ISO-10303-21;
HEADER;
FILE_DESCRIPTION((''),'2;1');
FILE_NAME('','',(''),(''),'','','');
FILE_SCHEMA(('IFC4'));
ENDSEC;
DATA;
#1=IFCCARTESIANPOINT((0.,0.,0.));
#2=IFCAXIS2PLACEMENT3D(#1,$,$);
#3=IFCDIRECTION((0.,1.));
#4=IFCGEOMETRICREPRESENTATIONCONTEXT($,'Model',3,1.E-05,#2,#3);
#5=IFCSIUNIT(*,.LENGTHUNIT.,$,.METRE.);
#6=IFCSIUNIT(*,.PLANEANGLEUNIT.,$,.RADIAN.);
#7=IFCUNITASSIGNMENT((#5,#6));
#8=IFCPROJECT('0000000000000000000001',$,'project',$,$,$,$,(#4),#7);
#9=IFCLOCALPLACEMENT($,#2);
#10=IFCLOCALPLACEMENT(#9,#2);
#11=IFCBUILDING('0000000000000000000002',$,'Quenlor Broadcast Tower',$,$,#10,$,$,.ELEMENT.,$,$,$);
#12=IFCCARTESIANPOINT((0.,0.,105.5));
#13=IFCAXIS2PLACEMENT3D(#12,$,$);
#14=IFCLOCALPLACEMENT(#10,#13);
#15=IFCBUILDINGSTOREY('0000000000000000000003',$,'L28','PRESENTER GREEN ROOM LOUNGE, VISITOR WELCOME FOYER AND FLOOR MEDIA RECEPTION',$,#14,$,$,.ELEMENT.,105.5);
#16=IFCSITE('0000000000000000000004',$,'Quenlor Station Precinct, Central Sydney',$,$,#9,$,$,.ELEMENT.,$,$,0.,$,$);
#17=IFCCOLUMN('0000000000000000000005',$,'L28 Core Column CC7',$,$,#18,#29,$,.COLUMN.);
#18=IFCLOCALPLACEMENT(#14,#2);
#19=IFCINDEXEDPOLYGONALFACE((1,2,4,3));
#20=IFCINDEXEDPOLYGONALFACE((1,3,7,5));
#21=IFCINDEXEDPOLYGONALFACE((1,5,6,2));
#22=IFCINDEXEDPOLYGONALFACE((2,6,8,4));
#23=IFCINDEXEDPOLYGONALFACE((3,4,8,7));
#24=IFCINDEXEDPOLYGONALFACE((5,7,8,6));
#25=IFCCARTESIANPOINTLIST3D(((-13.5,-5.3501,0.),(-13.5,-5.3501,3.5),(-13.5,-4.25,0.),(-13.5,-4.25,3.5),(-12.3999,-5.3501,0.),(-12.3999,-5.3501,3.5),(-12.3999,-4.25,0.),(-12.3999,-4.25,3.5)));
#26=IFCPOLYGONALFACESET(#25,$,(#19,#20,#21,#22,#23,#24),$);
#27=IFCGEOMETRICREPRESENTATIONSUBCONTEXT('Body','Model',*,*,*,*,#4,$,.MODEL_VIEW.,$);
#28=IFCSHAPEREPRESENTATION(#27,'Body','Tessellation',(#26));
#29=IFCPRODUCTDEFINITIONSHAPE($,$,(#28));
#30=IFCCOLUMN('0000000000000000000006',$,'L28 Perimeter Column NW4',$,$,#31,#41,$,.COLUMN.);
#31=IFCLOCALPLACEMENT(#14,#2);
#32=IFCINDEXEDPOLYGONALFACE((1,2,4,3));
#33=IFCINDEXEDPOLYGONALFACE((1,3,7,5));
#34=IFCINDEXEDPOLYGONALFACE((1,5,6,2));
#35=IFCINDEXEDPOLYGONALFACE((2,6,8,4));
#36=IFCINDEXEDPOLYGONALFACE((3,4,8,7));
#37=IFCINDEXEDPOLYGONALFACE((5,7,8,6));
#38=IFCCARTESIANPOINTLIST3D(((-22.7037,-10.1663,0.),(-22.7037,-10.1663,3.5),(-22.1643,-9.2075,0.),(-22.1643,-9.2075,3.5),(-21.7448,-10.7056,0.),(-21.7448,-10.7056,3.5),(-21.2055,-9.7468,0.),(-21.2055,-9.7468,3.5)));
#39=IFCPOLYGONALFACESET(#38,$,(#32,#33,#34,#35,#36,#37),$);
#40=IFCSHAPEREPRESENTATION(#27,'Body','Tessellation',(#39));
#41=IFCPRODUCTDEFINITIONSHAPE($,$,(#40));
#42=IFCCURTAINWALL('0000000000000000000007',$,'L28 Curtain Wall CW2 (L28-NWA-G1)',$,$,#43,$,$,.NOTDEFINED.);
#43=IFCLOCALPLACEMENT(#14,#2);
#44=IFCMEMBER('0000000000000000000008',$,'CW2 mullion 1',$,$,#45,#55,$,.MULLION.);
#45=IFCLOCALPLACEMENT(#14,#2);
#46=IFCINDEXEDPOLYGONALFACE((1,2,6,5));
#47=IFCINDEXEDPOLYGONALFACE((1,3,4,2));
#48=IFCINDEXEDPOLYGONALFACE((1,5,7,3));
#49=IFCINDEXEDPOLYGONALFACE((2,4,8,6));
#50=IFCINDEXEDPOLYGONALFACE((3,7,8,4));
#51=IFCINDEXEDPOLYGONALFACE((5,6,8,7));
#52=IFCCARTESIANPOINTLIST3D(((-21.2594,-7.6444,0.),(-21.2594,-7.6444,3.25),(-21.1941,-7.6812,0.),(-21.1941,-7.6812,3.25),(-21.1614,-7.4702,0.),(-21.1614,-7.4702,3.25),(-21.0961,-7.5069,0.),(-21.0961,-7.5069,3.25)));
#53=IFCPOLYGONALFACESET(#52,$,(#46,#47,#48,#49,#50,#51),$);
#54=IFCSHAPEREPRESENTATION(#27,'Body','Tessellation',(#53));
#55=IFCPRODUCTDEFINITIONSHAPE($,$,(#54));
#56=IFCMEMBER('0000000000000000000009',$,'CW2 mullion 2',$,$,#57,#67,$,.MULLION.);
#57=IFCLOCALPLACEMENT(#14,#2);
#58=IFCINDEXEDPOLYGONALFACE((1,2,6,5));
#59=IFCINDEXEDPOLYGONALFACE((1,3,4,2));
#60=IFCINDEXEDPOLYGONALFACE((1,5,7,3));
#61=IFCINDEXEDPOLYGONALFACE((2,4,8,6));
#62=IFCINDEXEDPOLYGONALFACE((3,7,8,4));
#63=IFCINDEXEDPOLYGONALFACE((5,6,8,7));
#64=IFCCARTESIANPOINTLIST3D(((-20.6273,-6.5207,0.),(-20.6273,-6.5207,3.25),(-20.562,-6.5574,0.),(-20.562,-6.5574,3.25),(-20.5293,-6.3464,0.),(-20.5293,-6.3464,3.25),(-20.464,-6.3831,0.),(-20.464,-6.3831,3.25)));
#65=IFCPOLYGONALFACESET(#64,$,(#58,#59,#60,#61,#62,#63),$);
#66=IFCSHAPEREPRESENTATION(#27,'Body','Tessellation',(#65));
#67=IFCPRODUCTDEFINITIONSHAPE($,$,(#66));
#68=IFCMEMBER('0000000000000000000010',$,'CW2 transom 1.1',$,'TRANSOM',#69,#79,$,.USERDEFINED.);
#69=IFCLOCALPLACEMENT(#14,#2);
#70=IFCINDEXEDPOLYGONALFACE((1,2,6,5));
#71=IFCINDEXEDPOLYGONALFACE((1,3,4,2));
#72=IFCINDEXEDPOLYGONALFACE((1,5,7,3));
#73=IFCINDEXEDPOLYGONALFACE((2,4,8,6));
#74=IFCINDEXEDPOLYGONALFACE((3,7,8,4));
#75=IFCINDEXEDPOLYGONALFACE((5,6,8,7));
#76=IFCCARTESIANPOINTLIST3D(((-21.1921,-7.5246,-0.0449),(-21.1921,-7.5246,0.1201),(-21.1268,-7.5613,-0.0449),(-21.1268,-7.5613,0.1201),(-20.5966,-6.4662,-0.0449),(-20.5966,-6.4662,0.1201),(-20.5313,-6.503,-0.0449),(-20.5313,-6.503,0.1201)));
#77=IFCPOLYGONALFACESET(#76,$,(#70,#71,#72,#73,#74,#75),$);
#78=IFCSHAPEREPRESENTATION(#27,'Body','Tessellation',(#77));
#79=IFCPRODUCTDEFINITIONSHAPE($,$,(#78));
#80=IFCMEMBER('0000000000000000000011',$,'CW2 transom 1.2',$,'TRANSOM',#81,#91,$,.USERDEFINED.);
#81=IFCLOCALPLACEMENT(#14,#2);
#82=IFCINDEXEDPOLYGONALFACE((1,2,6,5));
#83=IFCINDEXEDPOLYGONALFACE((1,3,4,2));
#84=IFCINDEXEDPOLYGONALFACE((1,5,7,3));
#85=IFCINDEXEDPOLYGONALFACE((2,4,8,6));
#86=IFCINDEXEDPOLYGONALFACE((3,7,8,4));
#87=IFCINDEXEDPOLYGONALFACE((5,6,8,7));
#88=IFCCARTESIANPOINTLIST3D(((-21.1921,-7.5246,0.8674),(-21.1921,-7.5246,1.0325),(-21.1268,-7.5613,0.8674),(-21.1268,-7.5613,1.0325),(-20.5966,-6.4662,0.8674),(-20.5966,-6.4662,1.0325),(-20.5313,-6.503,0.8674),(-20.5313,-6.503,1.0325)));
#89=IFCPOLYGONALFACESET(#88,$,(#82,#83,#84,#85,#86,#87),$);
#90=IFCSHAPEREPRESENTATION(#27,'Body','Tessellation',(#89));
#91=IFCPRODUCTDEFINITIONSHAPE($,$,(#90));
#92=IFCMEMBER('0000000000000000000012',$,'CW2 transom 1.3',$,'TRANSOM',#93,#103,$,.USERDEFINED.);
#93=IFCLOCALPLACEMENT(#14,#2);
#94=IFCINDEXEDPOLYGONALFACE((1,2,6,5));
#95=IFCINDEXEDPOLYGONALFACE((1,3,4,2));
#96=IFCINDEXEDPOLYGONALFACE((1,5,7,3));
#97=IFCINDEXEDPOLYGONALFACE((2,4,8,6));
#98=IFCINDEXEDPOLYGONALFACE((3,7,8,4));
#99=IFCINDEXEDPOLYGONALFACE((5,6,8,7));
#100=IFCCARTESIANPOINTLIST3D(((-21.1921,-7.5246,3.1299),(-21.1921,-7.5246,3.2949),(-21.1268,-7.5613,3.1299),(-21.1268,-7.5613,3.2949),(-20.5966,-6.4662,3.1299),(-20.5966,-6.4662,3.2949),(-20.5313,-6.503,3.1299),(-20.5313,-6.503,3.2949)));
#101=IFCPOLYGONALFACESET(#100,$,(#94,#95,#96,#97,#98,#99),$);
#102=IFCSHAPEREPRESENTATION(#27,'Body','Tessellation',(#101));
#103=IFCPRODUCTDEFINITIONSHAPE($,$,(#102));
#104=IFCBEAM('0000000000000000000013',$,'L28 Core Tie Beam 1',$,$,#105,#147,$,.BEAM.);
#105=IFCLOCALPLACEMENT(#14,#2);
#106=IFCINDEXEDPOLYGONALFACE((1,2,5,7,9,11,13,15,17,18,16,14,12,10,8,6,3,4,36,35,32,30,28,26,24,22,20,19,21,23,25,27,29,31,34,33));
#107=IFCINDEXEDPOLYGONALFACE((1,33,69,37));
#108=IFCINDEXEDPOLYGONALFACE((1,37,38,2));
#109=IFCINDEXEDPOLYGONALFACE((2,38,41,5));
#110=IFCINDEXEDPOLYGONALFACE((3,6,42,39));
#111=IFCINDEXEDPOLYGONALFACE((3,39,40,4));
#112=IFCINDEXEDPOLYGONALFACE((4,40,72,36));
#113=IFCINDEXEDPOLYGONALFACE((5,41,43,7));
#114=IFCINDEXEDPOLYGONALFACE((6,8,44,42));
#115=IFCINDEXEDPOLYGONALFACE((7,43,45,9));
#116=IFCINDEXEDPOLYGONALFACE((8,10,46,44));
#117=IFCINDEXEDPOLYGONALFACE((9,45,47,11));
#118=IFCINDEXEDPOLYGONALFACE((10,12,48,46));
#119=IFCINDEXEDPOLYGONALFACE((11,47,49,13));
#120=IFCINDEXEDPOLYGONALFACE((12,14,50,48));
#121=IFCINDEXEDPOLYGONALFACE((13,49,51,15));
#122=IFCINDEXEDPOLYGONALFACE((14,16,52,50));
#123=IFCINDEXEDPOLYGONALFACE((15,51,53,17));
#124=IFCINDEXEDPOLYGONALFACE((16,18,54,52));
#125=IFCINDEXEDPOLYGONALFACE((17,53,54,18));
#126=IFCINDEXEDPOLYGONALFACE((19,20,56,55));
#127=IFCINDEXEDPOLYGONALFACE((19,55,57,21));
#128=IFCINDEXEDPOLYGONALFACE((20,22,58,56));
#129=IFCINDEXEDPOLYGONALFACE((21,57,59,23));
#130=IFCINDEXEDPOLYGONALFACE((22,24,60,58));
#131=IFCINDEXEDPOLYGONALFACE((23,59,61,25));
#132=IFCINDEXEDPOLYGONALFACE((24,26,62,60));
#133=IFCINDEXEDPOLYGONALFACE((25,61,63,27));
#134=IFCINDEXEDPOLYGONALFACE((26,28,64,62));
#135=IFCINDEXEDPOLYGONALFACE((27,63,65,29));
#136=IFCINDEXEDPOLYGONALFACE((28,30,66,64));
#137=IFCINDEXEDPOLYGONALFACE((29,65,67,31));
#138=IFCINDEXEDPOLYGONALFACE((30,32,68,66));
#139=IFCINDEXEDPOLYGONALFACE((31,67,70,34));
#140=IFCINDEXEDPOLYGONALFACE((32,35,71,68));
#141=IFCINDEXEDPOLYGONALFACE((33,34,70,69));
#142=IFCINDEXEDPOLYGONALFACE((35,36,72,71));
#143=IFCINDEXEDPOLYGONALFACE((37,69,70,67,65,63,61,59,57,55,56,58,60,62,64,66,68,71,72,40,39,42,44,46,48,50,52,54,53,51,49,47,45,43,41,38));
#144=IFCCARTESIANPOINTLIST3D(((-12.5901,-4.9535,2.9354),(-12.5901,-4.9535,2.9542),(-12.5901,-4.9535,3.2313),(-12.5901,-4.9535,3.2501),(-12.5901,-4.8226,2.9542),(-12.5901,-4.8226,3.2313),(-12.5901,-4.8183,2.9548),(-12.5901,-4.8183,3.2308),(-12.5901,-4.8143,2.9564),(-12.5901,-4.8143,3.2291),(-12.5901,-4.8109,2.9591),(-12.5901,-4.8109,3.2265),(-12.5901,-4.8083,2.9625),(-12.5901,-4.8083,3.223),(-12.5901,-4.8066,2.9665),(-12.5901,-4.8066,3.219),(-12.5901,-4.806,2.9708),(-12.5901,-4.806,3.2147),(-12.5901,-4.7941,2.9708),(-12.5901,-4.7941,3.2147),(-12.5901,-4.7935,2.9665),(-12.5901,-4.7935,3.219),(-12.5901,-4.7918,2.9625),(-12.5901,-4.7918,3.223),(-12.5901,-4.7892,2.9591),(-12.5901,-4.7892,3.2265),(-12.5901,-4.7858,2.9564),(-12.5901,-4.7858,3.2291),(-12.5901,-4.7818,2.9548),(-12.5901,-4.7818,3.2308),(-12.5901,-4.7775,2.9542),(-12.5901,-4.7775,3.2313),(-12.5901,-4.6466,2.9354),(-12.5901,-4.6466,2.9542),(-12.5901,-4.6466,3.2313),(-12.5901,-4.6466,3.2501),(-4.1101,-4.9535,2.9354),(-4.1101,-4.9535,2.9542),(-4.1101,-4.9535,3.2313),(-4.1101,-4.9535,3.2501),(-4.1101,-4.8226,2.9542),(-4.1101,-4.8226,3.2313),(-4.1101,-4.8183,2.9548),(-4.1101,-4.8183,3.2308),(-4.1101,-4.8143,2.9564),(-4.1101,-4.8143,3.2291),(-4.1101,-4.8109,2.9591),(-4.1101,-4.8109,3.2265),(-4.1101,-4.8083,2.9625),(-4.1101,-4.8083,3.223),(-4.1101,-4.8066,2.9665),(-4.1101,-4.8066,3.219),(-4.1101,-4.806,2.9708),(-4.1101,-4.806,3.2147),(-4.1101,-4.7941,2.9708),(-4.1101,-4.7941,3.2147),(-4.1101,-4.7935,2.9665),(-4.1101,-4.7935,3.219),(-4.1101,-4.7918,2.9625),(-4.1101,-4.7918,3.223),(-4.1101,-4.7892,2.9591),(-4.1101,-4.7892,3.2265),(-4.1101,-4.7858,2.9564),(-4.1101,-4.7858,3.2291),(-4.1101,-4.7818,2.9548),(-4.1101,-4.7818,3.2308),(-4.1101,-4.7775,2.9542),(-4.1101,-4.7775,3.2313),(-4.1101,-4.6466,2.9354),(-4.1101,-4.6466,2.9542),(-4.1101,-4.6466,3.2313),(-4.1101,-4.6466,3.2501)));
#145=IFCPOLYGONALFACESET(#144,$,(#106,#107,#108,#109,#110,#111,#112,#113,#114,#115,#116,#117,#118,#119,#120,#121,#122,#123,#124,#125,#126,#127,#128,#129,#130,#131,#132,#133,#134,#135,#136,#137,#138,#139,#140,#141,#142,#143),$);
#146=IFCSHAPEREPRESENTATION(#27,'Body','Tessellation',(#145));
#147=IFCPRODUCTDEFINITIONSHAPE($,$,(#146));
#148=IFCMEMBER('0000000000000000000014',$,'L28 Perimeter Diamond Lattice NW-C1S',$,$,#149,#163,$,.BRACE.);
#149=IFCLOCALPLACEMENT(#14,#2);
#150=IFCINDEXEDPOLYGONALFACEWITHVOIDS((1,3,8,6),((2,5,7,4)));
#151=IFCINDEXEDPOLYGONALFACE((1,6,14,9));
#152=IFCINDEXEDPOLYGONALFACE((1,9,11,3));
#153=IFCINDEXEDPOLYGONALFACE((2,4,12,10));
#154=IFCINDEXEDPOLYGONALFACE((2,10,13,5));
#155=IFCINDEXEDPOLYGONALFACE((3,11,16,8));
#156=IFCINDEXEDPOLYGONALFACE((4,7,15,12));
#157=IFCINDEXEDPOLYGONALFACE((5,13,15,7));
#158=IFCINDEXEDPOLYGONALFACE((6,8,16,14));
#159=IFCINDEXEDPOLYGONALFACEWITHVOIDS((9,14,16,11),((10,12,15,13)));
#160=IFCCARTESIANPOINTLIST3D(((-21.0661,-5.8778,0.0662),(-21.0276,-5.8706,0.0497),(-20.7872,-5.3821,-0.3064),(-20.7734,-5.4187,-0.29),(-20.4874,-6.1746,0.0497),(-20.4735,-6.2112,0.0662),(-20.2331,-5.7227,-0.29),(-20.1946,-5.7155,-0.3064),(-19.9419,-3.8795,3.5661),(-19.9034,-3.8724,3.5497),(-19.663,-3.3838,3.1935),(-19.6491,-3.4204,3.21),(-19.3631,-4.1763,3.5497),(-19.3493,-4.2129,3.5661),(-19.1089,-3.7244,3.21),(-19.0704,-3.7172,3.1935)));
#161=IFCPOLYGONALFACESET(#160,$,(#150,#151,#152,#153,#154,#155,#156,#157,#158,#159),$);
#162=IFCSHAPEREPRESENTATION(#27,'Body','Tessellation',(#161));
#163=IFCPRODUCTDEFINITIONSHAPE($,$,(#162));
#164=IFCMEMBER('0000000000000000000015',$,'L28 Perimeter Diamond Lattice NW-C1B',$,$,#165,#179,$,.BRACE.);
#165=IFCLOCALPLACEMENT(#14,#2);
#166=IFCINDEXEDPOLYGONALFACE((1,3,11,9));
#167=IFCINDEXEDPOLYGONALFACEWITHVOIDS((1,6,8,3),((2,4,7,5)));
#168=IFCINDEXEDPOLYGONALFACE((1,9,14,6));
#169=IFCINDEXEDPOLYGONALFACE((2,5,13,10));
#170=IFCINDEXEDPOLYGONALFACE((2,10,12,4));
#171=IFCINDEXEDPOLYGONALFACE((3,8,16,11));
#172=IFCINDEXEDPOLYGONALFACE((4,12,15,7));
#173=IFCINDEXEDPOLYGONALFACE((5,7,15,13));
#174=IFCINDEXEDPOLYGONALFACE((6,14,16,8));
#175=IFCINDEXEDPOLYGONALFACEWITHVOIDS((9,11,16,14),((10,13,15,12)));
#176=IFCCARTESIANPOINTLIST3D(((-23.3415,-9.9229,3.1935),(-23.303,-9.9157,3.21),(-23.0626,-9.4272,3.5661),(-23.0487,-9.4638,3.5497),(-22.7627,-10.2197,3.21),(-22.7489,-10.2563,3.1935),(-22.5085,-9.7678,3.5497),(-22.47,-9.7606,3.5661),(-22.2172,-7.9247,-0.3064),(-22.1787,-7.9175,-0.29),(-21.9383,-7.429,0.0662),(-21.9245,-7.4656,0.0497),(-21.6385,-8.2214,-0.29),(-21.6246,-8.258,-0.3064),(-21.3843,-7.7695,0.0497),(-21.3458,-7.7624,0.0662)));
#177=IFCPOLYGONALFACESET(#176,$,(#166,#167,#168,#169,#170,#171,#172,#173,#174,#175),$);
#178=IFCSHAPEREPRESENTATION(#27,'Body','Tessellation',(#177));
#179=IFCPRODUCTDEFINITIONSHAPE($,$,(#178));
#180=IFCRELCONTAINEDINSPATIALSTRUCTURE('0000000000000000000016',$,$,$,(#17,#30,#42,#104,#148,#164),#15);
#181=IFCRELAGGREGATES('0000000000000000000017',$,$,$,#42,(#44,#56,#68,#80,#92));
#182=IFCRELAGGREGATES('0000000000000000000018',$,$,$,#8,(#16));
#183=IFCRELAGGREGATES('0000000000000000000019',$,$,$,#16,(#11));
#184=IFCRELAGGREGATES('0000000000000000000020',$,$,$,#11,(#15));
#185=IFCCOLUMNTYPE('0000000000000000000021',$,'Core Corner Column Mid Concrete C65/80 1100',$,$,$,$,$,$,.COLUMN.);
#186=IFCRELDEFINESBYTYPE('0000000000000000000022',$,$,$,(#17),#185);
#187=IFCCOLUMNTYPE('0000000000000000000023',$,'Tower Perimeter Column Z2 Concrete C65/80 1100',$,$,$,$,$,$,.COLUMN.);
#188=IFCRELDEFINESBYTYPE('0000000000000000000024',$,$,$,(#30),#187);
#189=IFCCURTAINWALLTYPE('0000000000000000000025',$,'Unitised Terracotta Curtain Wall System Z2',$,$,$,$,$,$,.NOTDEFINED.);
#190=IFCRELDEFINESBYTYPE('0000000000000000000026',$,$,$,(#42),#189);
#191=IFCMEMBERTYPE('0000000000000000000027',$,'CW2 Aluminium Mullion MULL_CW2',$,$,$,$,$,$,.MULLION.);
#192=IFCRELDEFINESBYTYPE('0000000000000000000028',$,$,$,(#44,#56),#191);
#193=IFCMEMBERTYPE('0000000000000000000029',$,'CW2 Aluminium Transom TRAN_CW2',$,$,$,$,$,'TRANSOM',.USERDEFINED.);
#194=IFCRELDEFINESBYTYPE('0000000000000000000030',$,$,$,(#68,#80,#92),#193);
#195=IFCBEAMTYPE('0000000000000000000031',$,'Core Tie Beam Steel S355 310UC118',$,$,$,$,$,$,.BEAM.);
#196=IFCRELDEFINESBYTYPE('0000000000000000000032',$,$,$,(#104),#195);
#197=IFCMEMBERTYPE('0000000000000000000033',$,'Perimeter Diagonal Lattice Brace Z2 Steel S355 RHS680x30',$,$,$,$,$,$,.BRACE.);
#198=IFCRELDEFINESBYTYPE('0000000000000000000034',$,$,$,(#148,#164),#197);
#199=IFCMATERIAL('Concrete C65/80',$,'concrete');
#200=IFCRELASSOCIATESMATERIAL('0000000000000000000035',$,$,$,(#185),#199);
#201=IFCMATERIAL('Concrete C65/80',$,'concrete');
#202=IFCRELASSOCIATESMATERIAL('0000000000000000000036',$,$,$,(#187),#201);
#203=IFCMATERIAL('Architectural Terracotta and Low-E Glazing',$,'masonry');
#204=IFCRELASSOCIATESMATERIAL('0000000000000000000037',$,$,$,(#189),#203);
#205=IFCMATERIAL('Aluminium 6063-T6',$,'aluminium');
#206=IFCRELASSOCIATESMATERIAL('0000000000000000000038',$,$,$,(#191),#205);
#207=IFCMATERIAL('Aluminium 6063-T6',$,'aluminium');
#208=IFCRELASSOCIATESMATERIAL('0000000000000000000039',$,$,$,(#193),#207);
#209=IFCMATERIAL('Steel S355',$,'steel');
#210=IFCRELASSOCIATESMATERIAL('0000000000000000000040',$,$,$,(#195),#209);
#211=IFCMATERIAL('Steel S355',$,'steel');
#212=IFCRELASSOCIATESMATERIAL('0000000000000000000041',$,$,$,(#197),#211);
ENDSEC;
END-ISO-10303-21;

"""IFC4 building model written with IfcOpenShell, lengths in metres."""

from ifc_helpers import new_model, si_unit, direction, frame, origin, origin_2d, place, context, subcontext, project, spatial, rectangle, hollow_rectangle, i_section, extrude, material, material_profile, profile_set, type_object, element, aggregate, save


model = new_model("IFC4")

# Units and contexts
model_context = context("Model", 3, precision=1e-05, world=origin(), true_north=direction((0.0, 1.0)))
body_context = subcontext(model_context, "Body", "Model", "MODEL_VIEW")
ifc_project = project(units=[si_unit("LENGTHUNIT", "METRE"), si_unit("PLANEANGLEUNIT", "RADIAN")], contexts=[model_context])

# Site, building, storey
site_placement = place(None, origin())
site = spatial("IfcSite", under=ifc_project, at=site_placement, Name="Quenlor Station Precinct, Central Sydney", CompositionType="ELEMENT", RefElevation=0.0)
building_placement = place(site_placement, origin())
building = spatial("IfcBuilding", under=site, at=building_placement, Name="Quenlor Broadcast Tower", CompositionType="ELEMENT")
storey_placement = place(building_placement, frame((0.0, 0.0, 105.5)))
storey = spatial("IfcBuildingStorey", under=building, at=storey_placement, Name="L28", Description="PRESENTER GREEN ROOM LOUNGE, VISITOR WELCOME FOYER AND FLOOR MEDIA RECEPTION", CompositionType="ELEMENT", Elevation=105.5)

# Columns
ifc_material_1 = material(Name="Concrete C65/80", Category="concrete")
ifc_material_profile_1 = material_profile(ifc_material_1, rectangle(XDim=1.1001, YDim=1.1001, at=origin_2d()))
ifc_profile_set_1 = profile_set([ifc_material_profile_1], Name="Concrete C65/80 RC1100x1100")
column_type_1 = type_object("IfcColumnType", Name="Core Corner Column Mid Concrete C65/80 1100", PredefinedType="COLUMN", material=ifc_profile_set_1)
column_1_placement = place(storey_placement, frame((-12.95, -4.8, 0.0), z_axis=(0.0, 0.0, 1.0), x_axis=(1.0, 0.0, 0.0)))
element("IfcColumn", 1, at=column_1_placement, inside=storey, type_object=column_type_1, Name="L28 Core Column CC7", PredefinedType="COLUMN", context=body_context, shape_type="SweptSolid", body=[
    extrude(rectangle(XDim=1.1001, YDim=1.1001, at=origin_2d()), origin(), (0.0, 0.0, 1.0), 3.5),
])
ifc_material_2 = material(Name="Concrete C65/80", Category="concrete")
ifc_material_profile_2 = material_profile(ifc_material_2, rectangle(XDim=1.1001, YDim=1.1001, at=origin_2d()))
ifc_profile_set_2 = profile_set([ifc_material_profile_2], Name="Concrete C65/80 RC1100x1100")
column_type_2 = type_object("IfcColumnType", Name="Tower Perimeter Column Z2 Concrete C65/80 1100", PredefinedType="COLUMN", material=ifc_profile_set_2)
column_2_placement = place(storey_placement, frame((-21.9546, -9.9565, 0.0), z_axis=(0.0, 0.0, 1.0), x_axis=(-0.871575, 0.490262, 0.0)))
element("IfcColumn", 2, at=column_2_placement, inside=storey, type_object=column_type_2, Name="L28 Perimeter Column NW4", PredefinedType="COLUMN", context=body_context, shape_type="SweptSolid", body=[
    extrude(rectangle(XDim=1.1001, YDim=1.1001, at=origin_2d()), origin(), (0.0, 0.0, 1.0), 3.5),
])

# Curtain wall, members
ifc_material_3 = material(Name="Architectural Terracotta and Low-E Glazing", Category="masonry")
curtain_wall_type = type_object("IfcCurtainWallType", Name="Unitised Terracotta Curtain Wall System Z2", PredefinedType="NOTDEFINED", material=ifc_material_3)
curtain_wall_placement = place(storey_placement, origin())
curtain_wall = element("IfcCurtainWall", 3, at=curtain_wall_placement, inside=storey, type_object=curtain_wall_type, Name="L28 Curtain Wall CW2 (L28-NWA-G1)", PredefinedType="NOTDEFINED")
ifc_material_4 = material(Name="Aluminium 6063-T6", Category="aluminium")
ifc_material_profile_3 = material_profile(ifc_material_4, rectangle(XDim=0.075, YDim=0.2, at=origin_2d()))
ifc_profile_set_3 = profile_set([ifc_material_profile_3], Name="Aluminium 6063-T6 MULL75x200")
member_type_1 = type_object("IfcMemberType", Name="CW2 Aluminium Mullion MULL_CW2", PredefinedType="MULLION", material=ifc_profile_set_3)
member_1_placement = place(storey_placement, frame((-21.1777, -7.5757, 0.0), z_axis=(0.0, 0.0, 1.0), x_axis=(-0.871566, 0.490279, 0.0)))
member_1 = element("IfcMember", 4, at=member_1_placement, type_object=member_type_1, Name="CW2 mullion 1", PredefinedType="MULLION", context=body_context, shape_type="SweptSolid", body=[
    extrude(rectangle(XDim=0.075, YDim=0.2, at=origin_2d()), origin(), (0.0, 0.0, 1.0), 3.25),
])
member_2_placement = place(storey_placement, frame((-20.5457, -6.4519, 0.0), z_axis=(0.0, 0.0, 1.0), x_axis=(-0.871566, 0.490279, 0.0)))
member_2 = element("IfcMember", 5, at=member_2_placement, type_object=member_type_1, Name="CW2 mullion 2", PredefinedType="MULLION", context=body_context, shape_type="SweptSolid", body=[
    extrude(rectangle(XDim=0.075, YDim=0.2, at=origin_2d()), origin(), (0.0, 0.0, 1.0), 3.25),
])
ifc_material_5 = material(Name="Aluminium 6063-T6", Category="aluminium")
ifc_material_profile_4 = material_profile(ifc_material_5, rectangle(XDim=0.075, YDim=0.165, at=origin_2d()))
ifc_profile_set_4 = profile_set([ifc_material_profile_4], Name="Aluminium 6063-T6 TRAN75x165")
member_type_2 = type_object("IfcMemberType", Name="CW2 Aluminium Transom TRAN_CW2", ElementType="TRANSOM", PredefinedType="USERDEFINED", material=ifc_profile_set_4)
member_3_placement = place(storey_placement, frame((-21.1594, -7.543, 0.0376), z_axis=(0.490347, 0.871527, 0.0), x_axis=(-0.871527, 0.490347, 0.0)))
member_3 = element("IfcMember", 6, at=member_3_placement, type_object=member_type_2, Name="CW2 transom 1.1", ObjectType="TRANSOM", PredefinedType="USERDEFINED", context=body_context, shape_type="SweptSolid", body=[
    extrude(rectangle(XDim=0.075, YDim=0.165, at=origin_2d()), origin(), (0.0, 0.0, 1.0), 1.2144),
])
member_4_placement = place(storey_placement, frame((-21.1594, -7.543, 0.95), z_axis=(0.490347, 0.871527, 0.0), x_axis=(-0.871527, 0.490347, 0.0)))
member_4 = element("IfcMember", 7, at=member_4_placement, type_object=member_type_2, Name="CW2 transom 1.2", ObjectType="TRANSOM", PredefinedType="USERDEFINED", context=body_context, shape_type="SweptSolid", body=[
    extrude(rectangle(XDim=0.075, YDim=0.165, at=origin_2d()), origin(), (0.0, 0.0, 1.0), 1.2144),
])
member_5_placement = place(storey_placement, frame((-21.1594, -7.543, 3.2124), z_axis=(0.490347, 0.871527, 0.0), x_axis=(-0.871527, 0.490347, 0.0)))
member_5 = element("IfcMember", 8, at=member_5_placement, type_object=member_type_2, Name="CW2 transom 1.3", ObjectType="TRANSOM", PredefinedType="USERDEFINED", context=body_context, shape_type="SweptSolid", body=[
    extrude(rectangle(XDim=0.075, YDim=0.165, at=origin_2d()), origin(), (0.0, 0.0, 1.0), 1.2144),
])

# Beam
ifc_material_6 = material(Name="Steel S355", Category="steel")
ifc_material_profile_5 = material_profile(ifc_material_6, i_section(OverallWidth=0.3069, OverallDepth=0.3147, WebThickness=0.012, FlangeThickness=0.0188, FilletRadius=0.0166, at=origin_2d()))
ifc_profile_set_5 = profile_set([ifc_material_profile_5], Name="Steel S355 310UC118")
beam_type_1 = type_object("IfcBeamType", Name="Core Tie Beam Steel S355 310UC118", PredefinedType="BEAM", material=ifc_profile_set_5)
beam_1_placement = place(storey_placement, frame((-12.5901, -4.8, 3.0928), z_axis=(1.0, 0.0, 0.0), x_axis=(0.0, 1.0, 0.0)))
element("IfcBeam", 9, at=beam_1_placement, inside=storey, type_object=beam_type_1, Name="L28 Core Tie Beam 1", PredefinedType="BEAM", context=body_context, shape_type="SweptSolid", body=[
    extrude(i_section(OverallWidth=0.3069, OverallDepth=0.3147, WebThickness=0.012, FlangeThickness=0.0188, FilletRadius=0.0166, at=origin_2d()), origin(), (0.0, 0.0, 1.0), 8.48),
])

# Members
ifc_material_7 = material(Name="Steel S355", Category="steel")
ifc_material_profile_6 = material_profile(ifc_material_7, hollow_rectangle(XDim=0.6799, YDim=0.6799, WallThickness=0.03, at=origin_2d()))
ifc_profile_set_6 = profile_set([ifc_material_profile_6], Name="Steel S355 RHS680x680x30")
member_type_3 = type_object("IfcMemberType", Name="Perimeter Diagonal Lattice Brace Z2 Steel S355 RHS680x30", PredefinedType="BRACE", material=ifc_profile_set_6)
for number, where, z_axis, x_axis, name in (
    (10, (-20.6304, -5.7966, -0.1201), (0.268697, 0.477585, 0.836489), (-0.871533, 0.490337, 0.0), "L28 Perimeter Diamond Lattice NW-C1S"),
    (11, (-21.7815, -7.8435, -0.1201), (-0.268697, -0.477585, 0.836489), (0.871533, -0.490337, 0.0), "L28 Perimeter Diamond Lattice NW-C1B"),
):
    element("IfcMember", number, at=place(storey_placement, frame(where, z_axis=z_axis, x_axis=x_axis)), inside=storey, type_object=member_type_3, Name=name, PredefinedType="BRACE", context=body_context, shape_type="SweptSolid", body=[
        extrude(hollow_rectangle(XDim=0.6799, YDim=0.6799, WallThickness=0.03, at=origin_2d()), origin(), (0.0, 0.0, 1.0), 4.1841),
    ])

aggregate(curtain_wall, [member_1, member_2, member_3, member_4, member_5])

save(model, "model.ifc")
